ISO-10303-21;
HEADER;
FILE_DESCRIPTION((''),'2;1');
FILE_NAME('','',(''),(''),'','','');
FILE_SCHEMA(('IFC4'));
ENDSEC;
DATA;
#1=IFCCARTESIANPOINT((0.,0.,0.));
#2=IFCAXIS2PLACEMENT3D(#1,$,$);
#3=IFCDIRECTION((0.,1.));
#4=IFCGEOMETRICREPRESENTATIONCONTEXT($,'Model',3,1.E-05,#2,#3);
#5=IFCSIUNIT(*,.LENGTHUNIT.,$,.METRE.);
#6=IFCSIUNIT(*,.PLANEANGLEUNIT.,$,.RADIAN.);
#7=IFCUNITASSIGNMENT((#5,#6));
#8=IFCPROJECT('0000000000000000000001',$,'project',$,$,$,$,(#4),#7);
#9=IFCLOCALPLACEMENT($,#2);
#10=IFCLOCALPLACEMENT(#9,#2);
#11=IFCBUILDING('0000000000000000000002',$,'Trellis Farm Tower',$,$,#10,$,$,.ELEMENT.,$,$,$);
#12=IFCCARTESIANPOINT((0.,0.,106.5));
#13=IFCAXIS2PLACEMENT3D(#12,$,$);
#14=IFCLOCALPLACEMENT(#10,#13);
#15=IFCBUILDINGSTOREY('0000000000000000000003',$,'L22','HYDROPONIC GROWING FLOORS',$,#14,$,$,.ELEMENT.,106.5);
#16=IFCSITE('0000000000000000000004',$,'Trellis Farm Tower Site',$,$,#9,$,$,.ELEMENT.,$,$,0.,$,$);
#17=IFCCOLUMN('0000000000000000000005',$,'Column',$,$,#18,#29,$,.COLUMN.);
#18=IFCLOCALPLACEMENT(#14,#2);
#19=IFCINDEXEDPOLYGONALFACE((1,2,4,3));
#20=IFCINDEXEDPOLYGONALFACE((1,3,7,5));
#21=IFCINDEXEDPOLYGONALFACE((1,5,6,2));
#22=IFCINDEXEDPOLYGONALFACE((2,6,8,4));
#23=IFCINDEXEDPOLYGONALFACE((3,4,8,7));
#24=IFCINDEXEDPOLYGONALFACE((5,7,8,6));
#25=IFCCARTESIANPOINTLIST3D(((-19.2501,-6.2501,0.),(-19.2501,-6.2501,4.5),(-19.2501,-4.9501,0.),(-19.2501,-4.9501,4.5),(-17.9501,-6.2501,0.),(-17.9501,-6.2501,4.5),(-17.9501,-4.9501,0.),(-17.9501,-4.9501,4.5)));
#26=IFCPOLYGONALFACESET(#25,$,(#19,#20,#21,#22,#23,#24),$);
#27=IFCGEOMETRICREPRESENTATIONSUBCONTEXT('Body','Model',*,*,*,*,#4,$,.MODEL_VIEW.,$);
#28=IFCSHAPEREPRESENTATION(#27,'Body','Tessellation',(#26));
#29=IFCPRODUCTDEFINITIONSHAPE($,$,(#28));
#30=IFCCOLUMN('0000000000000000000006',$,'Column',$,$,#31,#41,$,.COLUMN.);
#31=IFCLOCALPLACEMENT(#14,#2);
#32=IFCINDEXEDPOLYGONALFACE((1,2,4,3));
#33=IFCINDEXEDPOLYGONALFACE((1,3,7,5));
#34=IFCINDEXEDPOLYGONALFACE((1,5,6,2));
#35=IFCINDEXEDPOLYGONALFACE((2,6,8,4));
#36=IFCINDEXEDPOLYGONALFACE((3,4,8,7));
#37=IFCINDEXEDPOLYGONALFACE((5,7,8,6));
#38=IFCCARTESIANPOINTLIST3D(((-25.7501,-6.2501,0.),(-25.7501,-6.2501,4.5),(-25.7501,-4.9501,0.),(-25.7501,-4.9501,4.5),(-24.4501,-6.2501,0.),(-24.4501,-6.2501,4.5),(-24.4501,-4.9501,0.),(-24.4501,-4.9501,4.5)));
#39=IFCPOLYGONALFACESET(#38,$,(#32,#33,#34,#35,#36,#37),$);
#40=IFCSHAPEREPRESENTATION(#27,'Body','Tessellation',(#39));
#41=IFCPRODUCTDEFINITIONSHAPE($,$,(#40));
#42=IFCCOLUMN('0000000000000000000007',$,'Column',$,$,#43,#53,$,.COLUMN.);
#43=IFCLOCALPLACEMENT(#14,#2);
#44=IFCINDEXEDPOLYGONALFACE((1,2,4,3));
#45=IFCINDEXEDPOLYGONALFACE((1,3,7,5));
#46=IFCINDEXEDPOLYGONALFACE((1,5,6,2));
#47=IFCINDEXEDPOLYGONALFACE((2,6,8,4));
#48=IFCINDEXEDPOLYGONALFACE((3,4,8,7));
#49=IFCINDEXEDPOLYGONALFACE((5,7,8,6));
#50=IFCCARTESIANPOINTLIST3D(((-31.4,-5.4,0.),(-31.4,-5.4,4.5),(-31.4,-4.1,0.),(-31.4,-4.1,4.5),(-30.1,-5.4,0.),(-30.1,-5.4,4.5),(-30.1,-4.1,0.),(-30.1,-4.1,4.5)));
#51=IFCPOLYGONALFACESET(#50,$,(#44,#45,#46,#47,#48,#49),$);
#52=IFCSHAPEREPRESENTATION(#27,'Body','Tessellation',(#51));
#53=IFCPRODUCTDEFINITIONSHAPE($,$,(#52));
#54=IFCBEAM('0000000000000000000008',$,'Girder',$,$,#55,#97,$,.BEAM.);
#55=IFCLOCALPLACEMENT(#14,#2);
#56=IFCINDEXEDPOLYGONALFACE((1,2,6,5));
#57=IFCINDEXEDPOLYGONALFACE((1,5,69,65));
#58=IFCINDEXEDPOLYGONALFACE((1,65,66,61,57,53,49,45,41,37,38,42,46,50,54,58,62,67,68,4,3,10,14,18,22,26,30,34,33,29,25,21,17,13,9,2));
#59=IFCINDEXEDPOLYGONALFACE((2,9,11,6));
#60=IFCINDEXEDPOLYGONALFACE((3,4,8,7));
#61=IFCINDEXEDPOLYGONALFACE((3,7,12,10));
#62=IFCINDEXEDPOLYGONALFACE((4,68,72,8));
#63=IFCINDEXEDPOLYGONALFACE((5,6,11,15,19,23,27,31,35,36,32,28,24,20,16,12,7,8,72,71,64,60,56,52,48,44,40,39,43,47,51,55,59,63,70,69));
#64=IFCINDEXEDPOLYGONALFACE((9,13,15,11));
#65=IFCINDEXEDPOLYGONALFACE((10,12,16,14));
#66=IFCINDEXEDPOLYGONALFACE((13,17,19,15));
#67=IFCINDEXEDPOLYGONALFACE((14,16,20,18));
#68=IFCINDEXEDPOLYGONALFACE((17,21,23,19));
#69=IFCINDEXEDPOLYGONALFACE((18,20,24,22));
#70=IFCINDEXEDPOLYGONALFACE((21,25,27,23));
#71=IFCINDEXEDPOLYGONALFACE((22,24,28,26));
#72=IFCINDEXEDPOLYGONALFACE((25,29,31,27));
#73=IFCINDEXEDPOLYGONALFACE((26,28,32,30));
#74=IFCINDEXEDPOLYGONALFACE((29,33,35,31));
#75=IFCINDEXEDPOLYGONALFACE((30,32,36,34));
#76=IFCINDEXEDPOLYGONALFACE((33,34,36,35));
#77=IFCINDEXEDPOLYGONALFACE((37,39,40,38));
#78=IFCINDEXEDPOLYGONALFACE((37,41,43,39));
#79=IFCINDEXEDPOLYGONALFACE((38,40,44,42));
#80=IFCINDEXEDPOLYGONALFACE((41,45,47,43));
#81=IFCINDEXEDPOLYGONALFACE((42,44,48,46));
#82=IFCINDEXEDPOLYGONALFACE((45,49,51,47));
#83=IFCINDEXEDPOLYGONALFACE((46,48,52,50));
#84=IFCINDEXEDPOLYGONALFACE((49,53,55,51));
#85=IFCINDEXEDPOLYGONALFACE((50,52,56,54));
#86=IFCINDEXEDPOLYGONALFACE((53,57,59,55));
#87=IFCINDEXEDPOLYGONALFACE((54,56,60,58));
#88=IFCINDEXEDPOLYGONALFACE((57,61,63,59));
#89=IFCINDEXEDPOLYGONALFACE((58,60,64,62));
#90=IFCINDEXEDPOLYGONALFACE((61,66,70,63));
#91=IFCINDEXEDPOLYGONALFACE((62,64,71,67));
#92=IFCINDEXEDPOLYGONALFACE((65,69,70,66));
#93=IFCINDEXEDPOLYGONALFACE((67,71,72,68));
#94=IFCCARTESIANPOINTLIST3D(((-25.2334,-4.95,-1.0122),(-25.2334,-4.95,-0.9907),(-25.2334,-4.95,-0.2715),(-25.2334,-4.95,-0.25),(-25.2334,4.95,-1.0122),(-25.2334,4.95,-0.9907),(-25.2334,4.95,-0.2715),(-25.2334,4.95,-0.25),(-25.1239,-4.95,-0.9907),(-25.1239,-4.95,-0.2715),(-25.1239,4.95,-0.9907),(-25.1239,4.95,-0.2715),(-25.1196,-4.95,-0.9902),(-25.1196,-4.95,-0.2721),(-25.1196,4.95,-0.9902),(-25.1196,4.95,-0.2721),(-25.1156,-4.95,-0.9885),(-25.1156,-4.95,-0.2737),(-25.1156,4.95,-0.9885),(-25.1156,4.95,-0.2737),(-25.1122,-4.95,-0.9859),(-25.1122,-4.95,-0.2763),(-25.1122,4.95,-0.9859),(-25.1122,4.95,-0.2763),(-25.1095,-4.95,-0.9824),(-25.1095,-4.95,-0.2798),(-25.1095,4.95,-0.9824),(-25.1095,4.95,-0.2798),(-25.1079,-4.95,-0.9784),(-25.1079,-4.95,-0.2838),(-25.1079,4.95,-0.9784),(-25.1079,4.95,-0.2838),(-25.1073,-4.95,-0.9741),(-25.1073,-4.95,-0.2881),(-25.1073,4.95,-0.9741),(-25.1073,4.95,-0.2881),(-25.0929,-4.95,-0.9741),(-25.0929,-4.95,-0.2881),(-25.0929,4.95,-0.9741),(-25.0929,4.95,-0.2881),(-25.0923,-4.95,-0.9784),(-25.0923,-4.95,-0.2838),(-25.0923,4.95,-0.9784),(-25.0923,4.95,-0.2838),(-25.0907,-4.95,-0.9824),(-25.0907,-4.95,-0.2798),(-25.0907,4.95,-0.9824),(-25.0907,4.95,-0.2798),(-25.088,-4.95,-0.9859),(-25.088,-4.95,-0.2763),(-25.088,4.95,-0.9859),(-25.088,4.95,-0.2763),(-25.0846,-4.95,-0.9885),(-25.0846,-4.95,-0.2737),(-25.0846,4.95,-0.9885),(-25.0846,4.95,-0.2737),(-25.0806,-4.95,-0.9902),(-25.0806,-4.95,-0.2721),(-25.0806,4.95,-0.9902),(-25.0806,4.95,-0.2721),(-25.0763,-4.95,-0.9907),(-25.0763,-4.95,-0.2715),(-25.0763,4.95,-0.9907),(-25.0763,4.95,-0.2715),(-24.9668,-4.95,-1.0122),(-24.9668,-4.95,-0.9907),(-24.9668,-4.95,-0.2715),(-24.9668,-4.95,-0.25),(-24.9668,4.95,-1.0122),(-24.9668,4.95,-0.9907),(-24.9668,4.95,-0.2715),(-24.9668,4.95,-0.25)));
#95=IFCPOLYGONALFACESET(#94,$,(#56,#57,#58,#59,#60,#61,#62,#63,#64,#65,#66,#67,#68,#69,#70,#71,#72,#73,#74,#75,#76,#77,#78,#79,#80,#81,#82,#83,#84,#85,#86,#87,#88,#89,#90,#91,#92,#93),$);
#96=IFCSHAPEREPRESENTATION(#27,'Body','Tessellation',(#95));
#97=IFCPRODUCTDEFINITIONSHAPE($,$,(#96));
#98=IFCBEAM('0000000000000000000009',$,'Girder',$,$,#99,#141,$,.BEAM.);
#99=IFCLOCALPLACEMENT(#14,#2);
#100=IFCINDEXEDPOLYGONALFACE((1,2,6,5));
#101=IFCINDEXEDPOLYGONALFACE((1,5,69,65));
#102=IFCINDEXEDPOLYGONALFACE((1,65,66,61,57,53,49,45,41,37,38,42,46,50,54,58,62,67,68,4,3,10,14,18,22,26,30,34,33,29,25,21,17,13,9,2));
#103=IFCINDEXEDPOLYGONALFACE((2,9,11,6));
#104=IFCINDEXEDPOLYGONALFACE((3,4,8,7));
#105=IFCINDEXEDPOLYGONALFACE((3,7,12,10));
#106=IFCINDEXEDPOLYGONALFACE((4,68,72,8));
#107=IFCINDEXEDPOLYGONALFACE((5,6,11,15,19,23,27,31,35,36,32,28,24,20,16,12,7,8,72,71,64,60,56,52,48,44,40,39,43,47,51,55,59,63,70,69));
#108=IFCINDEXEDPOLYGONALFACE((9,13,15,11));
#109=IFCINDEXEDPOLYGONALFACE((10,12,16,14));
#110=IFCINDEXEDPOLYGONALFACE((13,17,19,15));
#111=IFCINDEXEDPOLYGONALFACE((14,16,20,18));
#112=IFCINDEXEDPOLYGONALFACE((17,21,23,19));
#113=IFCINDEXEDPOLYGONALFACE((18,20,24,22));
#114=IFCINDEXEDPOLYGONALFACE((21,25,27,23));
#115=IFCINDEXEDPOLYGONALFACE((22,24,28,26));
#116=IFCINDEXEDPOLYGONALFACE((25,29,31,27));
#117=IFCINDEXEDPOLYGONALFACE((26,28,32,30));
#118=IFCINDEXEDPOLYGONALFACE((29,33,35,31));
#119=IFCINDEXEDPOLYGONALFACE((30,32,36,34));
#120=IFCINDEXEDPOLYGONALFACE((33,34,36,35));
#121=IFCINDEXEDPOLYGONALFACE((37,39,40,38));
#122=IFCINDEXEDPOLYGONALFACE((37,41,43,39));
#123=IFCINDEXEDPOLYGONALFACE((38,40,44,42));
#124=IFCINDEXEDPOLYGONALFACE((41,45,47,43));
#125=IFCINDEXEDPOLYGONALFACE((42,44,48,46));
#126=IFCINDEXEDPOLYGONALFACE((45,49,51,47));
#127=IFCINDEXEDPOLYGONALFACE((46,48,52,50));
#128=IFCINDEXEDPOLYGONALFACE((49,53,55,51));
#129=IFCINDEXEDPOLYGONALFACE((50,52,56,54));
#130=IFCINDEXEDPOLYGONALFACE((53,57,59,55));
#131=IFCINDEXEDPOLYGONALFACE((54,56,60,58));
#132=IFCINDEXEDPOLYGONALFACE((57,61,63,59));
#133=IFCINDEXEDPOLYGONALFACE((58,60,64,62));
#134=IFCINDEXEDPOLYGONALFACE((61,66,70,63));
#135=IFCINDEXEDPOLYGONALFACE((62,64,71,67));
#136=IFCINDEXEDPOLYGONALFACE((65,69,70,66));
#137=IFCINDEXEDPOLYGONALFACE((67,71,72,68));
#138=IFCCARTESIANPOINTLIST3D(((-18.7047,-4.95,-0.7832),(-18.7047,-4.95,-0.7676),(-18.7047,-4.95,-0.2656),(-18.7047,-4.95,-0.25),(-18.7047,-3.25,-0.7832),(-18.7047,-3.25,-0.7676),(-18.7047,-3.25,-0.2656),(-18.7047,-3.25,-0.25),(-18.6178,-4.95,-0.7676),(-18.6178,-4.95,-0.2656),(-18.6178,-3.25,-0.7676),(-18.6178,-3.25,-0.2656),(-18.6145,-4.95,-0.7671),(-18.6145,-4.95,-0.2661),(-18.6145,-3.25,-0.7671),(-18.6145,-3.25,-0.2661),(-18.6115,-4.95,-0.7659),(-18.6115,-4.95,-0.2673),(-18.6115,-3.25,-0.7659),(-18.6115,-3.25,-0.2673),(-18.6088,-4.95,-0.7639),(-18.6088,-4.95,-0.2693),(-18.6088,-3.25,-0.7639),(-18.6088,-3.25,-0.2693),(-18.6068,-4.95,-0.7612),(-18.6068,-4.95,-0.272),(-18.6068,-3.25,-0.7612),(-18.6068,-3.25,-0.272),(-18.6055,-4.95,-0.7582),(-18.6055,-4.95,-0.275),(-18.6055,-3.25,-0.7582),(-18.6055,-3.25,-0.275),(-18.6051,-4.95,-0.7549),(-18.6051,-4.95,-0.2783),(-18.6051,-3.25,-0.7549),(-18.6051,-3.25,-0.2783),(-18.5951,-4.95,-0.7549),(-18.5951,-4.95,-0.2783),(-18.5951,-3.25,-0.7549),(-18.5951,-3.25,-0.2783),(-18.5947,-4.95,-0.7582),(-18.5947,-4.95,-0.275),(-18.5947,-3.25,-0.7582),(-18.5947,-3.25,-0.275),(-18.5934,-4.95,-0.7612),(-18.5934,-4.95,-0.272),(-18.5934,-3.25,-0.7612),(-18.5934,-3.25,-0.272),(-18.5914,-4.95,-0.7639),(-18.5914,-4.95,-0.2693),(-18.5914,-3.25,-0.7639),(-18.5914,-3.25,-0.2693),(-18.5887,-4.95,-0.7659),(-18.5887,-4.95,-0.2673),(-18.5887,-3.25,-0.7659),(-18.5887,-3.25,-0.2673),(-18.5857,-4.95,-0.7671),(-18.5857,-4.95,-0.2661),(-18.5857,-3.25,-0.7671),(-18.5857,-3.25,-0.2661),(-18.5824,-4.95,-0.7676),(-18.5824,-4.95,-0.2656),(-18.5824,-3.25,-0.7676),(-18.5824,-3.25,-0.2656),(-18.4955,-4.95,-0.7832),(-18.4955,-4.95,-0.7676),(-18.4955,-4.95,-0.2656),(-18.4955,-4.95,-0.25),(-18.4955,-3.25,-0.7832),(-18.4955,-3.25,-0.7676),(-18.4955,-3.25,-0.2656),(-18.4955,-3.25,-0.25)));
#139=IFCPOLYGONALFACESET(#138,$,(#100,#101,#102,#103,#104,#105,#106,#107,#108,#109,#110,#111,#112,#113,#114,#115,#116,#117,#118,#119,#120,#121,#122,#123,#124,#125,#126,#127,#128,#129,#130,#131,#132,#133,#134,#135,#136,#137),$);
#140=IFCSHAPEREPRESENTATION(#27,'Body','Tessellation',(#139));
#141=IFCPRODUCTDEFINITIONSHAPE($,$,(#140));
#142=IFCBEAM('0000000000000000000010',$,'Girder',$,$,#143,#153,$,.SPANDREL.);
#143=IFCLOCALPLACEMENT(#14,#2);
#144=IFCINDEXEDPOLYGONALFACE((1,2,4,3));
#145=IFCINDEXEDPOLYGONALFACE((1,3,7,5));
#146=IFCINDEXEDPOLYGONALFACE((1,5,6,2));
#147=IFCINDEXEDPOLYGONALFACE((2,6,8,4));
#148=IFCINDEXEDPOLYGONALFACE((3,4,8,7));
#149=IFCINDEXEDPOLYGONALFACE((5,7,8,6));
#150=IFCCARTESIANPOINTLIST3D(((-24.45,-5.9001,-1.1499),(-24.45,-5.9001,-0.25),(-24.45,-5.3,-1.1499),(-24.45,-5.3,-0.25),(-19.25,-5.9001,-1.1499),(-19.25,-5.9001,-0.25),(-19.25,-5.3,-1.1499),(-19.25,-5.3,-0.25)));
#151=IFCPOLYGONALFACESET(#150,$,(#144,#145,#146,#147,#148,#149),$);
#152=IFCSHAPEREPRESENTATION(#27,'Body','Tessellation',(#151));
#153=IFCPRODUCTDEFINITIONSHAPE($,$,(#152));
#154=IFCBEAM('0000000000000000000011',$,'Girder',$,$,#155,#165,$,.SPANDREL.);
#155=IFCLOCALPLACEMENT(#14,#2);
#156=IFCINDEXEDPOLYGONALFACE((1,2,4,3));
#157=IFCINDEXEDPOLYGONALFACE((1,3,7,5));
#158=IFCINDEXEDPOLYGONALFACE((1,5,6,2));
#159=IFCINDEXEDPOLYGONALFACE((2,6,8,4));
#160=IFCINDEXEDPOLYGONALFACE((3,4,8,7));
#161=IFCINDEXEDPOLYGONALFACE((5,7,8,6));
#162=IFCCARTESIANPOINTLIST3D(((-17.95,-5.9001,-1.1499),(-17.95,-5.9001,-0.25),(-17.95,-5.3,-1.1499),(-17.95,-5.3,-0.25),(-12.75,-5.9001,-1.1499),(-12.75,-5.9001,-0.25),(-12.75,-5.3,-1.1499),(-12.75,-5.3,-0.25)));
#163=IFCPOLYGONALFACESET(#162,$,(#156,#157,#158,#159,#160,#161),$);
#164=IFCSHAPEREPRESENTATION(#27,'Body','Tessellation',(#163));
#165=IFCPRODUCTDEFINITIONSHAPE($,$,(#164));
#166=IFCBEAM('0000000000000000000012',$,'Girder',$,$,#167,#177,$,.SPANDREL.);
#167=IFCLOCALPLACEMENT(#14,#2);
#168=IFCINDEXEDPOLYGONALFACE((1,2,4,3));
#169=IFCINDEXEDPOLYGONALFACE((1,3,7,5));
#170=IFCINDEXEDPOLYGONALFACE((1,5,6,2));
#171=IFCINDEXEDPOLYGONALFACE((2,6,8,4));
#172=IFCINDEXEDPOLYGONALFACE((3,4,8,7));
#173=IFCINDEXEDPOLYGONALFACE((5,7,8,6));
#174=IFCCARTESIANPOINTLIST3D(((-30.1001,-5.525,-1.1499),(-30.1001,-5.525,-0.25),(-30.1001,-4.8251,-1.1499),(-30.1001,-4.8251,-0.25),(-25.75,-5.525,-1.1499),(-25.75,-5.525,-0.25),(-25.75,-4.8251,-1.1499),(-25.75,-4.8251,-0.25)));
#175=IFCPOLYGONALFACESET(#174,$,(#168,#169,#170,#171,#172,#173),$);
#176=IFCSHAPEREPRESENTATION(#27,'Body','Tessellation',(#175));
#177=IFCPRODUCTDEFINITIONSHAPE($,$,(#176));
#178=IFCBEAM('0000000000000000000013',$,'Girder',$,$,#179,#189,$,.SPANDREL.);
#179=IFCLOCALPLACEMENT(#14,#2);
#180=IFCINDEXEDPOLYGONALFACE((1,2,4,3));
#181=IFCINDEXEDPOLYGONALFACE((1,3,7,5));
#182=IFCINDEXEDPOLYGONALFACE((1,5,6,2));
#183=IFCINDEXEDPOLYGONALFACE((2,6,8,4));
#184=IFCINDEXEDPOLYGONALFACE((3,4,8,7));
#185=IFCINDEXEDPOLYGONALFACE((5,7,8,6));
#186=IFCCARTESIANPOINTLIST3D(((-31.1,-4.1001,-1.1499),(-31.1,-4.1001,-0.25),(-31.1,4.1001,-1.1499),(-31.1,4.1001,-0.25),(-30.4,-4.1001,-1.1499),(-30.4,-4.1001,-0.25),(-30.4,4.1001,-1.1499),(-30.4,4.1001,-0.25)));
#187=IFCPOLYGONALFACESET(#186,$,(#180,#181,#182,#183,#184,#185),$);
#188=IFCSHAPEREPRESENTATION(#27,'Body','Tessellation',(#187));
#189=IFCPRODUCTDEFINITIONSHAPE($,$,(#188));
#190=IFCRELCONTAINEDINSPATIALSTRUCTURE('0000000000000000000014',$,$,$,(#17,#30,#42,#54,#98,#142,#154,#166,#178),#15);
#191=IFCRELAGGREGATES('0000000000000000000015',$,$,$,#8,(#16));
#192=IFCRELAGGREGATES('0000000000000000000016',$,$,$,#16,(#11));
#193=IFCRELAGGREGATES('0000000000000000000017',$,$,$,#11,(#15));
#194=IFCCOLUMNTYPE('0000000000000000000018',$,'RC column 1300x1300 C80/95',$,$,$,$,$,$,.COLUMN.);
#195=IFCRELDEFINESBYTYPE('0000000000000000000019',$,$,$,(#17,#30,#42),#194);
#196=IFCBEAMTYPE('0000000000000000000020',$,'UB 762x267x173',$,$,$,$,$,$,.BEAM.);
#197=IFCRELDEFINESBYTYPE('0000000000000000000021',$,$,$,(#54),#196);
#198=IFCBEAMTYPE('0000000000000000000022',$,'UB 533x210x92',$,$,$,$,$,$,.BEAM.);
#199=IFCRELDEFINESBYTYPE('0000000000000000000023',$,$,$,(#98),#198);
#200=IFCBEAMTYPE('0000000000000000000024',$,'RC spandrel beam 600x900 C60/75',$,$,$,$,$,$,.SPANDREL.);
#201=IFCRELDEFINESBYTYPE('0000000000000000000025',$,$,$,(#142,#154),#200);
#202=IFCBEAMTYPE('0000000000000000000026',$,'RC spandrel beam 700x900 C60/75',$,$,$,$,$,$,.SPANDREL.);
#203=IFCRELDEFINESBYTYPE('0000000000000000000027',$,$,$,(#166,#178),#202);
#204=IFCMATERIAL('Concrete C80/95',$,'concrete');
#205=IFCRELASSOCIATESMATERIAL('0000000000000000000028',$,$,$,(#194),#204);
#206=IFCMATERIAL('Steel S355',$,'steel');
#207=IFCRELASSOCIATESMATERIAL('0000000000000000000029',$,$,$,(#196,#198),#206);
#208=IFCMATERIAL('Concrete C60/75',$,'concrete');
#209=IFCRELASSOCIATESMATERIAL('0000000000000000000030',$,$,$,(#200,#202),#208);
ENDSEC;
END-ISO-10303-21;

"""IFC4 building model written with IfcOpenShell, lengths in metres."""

from ifc_helpers import new_model, si_unit, direction, frame, origin, origin_2d, place, context, subcontext, project, spatial, rectangle, i_section, extrude, source, transform, mapped, material, material_profile, profile_set, type_object, element, save


model = new_model("IFC4")

# Units and contexts
model_context = context("Model", 3, precision=1e-05, world=origin(), true_north=direction((0.0, 1.0)))
body_context = subcontext(model_context, "Body", "Model", "MODEL_VIEW")
ifc_project = project(units=[si_unit("LENGTHUNIT", "METRE"), si_unit("PLANEANGLEUNIT", "RADIAN")], contexts=[model_context])

# Site, building, storey
site_placement = place(None, origin())
site = spatial("IfcSite", under=ifc_project, at=site_placement, Name="Trellis Farm Tower Site", CompositionType="ELEMENT", RefElevation=0.0)
building_placement = place(site_placement, origin())
building = spatial("IfcBuilding", under=site, at=building_placement, Name="Trellis Farm Tower", CompositionType="ELEMENT")
storey_placement = place(building_placement, frame((0.0, 0.0, 106.5)))
storey = spatial("IfcBuildingStorey", under=building, at=storey_placement, Name="L22", Description="HYDROPONIC GROWING FLOORS", CompositionType="ELEMENT", Elevation=106.5)

# Columns
ifc_material_1 = material(Name="Concrete C80/95", Category="concrete")
ifc_material_profile_1 = material_profile(ifc_material_1, rectangle(XDim=1.3, YDim=1.3, at=origin_2d()), Name="RC column 1300x1300 C80/95")
ifc_profile_set_1 = profile_set([ifc_material_profile_1], Name="Concrete C80/95")
column_type = type_object("IfcColumnType", Name="RC column 1300x1300 C80/95", PredefinedType="COLUMN", material=ifc_profile_set_1)
shared_shape_1 = source(origin(), body_context, "Body", "SweptSolid", [
    extrude(rectangle(XDim=1.3, YDim=1.3, at=origin_2d()), origin(), (0.0, 0.0, 1.0), 4.5),
])
for number, where, z_axis, x_axis, name in (
    (1, (-18.6001, -5.6001, 0.0), (0.0, 0.0, 1.0), (1.0, 0.0, 0.0), "Column"),
    (2, (-25.1001, -5.6001, 0.0), (0.0, 0.0, 1.0), (1.0, 0.0, 0.0), "Column"),
    (3, (-30.75, -4.75, 0.0), (0.0, 0.0, 1.0), (1.0, 0.0, 0.0), "Column"),
):
    element("IfcColumn", number, at=place(storey_placement, frame(where, z_axis=z_axis, x_axis=x_axis)), inside=storey, type_object=column_type, Name=name, PredefinedType="COLUMN", context=body_context, shape_type="MappedRepresentation", body=[
        mapped(shared_shape_1, transform((0.0, 0.0, 0.0))),
    ])

# Beams
ifc_material_2 = material(Name="Steel S355", Category="steel")
ifc_material_profile_2 = material_profile(ifc_material_2, i_section(OverallWidth=0.2666, OverallDepth=0.7622, WebThickness=0.0144, FlangeThickness=0.0215, FilletRadius=0.0166, at=origin_2d()), Name="UB 762x267x173")
ifc_profile_set_2 = profile_set([ifc_material_profile_2], Name="Steel S355")
beam_type_1 = type_object("IfcBeamType", Name="UB 762x267x173", PredefinedType="BEAM", material=ifc_profile_set_2)
shared_shape_2 = source(origin(), body_context, "Body", "SweptSolid", [
    extrude(i_section(OverallWidth=0.2666, OverallDepth=0.7622, WebThickness=0.0144, FlangeThickness=0.0215, FilletRadius=0.0166, at=origin_2d()), origin(), (0.0, 0.0, 1.0), 9.8999),
])
beam_1_placement = place(storey_placement, frame((-25.1001, -4.95, -0.6311), z_axis=(0.0, 1.0, 0.0), x_axis=(-1.0, 0.0, 0.0)))
element("IfcBeam", 4, at=beam_1_placement, inside=storey, type_object=beam_type_1, Name="Girder", PredefinedType="BEAM", context=body_context, shape_type="MappedRepresentation", body=[
    mapped(shared_shape_2, transform((0.0, 0.0, 0.0))),
])
ifc_material_profile_3 = material_profile(ifc_material_2, i_section(OverallWidth=0.2092, OverallDepth=0.5332, WebThickness=0.01, FlangeThickness=0.0156, FilletRadius=0.0127, at=origin_2d()), Name="UB 533x210x92")
ifc_profile_set_3 = profile_set([ifc_material_profile_3], Name="Steel S355")
beam_type_2 = type_object("IfcBeamType", Name="UB 533x210x92", PredefinedType="BEAM", material=ifc_profile_set_3)
shared_shape_3 = source(origin(), body_context, "Body", "SweptSolid", [
    extrude(i_section(OverallWidth=0.2092, OverallDepth=0.5332, WebThickness=0.01, FlangeThickness=0.0156, FilletRadius=0.0127, at=origin_2d()), origin(), (0.0, 0.0, 1.0), 1.7),
])
beam_2_placement = place(storey_placement, frame((-18.6001, -4.95, -0.5166), z_axis=(0.0, 1.0, 0.0), x_axis=(-1.0, 0.0, 0.0)))
element("IfcBeam", 5, at=beam_2_placement, inside=storey, type_object=beam_type_2, Name="Girder", PredefinedType="BEAM", context=body_context, shape_type="MappedRepresentation", body=[
    mapped(shared_shape_3, transform((0.0, 0.0, 0.0))),
])
ifc_material_3 = material(Name="Concrete C60/75", Category="concrete")
ifc_material_profile_4 = material_profile(ifc_material_3, rectangle(XDim=0.6001, YDim=0.8999, at=origin_2d()), Name="RC spandrel beam 600x900 C60/75")
ifc_profile_set_4 = profile_set([ifc_material_profile_4], Name="Concrete C60/75")
beam_type_3 = type_object("IfcBeamType", Name="RC spandrel beam 600x900 C60/75", PredefinedType="SPANDREL", material=ifc_profile_set_4)
shared_shape_4 = source(origin(), body_context, "Body", "SweptSolid", [
    extrude(rectangle(XDim=0.6001, YDim=0.8999, at=origin_2d()), origin(), (0.0, 0.0, 1.0), 5.2),
])
for number, where, z_axis, x_axis, name in (
    (6, (-24.45, -5.6001, -0.7), (1.0, 0.0, 0.0), (0.0, 1.0, 0.0), "Girder"),
    (7, (-17.95, -5.6001, -0.7), (1.0, 0.0, 0.0), (0.0, 1.0, 0.0), "Girder"),
):
    element("IfcBeam", number, at=place(storey_placement, frame(where, z_axis=z_axis, x_axis=x_axis)), inside=storey, type_object=beam_type_3, Name=name, PredefinedType="SPANDREL", context=body_context, shape_type="MappedRepresentation", body=[
        mapped(shared_shape_4, transform((0.0, 0.0, 0.0))),
    ])
ifc_material_profile_5 = material_profile(ifc_material_3, rectangle(XDim=0.7, YDim=0.8999, at=origin_2d()), Name="RC spandrel beam 700x900 C60/75")
ifc_profile_set_5 = profile_set([ifc_material_profile_5], Name="Concrete C60/75")
beam_type_4 = type_object("IfcBeamType", Name="RC spandrel beam 700x900 C60/75", PredefinedType="SPANDREL", material=ifc_profile_set_5)
shared_shape_5 = source(origin(), body_context, "Body", "SweptSolid", [
    extrude(rectangle(XDim=0.7, YDim=0.8999, at=origin_2d()), origin(), (0.0, 0.0, 1.0), 4.3501),
])
beam_3_placement = place(storey_placement, frame((-30.1001, -5.175, -0.7), z_axis=(1.0, 0.0, 0.0), x_axis=(0.0, 1.0, 0.0)))
element("IfcBeam", 8, at=beam_3_placement, inside=storey, type_object=beam_type_4, Name="Girder", PredefinedType="SPANDREL", context=body_context, shape_type="MappedRepresentation", body=[
    mapped(shared_shape_5, transform((0.0, 0.0, 0.0))),
])
shared_shape_6 = source(origin(), body_context, "Body", "SweptSolid", [
    extrude(rectangle(XDim=0.7, YDim=0.8999, at=origin_2d()), origin(), (0.0, 0.0, 1.0), 8.2002),
])
beam_4_placement = place(storey_placement, frame((-30.75, -4.1001, -0.7), z_axis=(0.0, 1.0, 0.0), x_axis=(-1.0, 0.0, 0.0)))
element("IfcBeam", 9, at=beam_4_placement, inside=storey, type_object=beam_type_4, Name="Girder", PredefinedType="SPANDREL", context=body_context, shape_type="MappedRepresentation", body=[
    mapped(shared_shape_6, transform((0.0, 0.0, 0.0))),
])

save(model, "model.ifc")
